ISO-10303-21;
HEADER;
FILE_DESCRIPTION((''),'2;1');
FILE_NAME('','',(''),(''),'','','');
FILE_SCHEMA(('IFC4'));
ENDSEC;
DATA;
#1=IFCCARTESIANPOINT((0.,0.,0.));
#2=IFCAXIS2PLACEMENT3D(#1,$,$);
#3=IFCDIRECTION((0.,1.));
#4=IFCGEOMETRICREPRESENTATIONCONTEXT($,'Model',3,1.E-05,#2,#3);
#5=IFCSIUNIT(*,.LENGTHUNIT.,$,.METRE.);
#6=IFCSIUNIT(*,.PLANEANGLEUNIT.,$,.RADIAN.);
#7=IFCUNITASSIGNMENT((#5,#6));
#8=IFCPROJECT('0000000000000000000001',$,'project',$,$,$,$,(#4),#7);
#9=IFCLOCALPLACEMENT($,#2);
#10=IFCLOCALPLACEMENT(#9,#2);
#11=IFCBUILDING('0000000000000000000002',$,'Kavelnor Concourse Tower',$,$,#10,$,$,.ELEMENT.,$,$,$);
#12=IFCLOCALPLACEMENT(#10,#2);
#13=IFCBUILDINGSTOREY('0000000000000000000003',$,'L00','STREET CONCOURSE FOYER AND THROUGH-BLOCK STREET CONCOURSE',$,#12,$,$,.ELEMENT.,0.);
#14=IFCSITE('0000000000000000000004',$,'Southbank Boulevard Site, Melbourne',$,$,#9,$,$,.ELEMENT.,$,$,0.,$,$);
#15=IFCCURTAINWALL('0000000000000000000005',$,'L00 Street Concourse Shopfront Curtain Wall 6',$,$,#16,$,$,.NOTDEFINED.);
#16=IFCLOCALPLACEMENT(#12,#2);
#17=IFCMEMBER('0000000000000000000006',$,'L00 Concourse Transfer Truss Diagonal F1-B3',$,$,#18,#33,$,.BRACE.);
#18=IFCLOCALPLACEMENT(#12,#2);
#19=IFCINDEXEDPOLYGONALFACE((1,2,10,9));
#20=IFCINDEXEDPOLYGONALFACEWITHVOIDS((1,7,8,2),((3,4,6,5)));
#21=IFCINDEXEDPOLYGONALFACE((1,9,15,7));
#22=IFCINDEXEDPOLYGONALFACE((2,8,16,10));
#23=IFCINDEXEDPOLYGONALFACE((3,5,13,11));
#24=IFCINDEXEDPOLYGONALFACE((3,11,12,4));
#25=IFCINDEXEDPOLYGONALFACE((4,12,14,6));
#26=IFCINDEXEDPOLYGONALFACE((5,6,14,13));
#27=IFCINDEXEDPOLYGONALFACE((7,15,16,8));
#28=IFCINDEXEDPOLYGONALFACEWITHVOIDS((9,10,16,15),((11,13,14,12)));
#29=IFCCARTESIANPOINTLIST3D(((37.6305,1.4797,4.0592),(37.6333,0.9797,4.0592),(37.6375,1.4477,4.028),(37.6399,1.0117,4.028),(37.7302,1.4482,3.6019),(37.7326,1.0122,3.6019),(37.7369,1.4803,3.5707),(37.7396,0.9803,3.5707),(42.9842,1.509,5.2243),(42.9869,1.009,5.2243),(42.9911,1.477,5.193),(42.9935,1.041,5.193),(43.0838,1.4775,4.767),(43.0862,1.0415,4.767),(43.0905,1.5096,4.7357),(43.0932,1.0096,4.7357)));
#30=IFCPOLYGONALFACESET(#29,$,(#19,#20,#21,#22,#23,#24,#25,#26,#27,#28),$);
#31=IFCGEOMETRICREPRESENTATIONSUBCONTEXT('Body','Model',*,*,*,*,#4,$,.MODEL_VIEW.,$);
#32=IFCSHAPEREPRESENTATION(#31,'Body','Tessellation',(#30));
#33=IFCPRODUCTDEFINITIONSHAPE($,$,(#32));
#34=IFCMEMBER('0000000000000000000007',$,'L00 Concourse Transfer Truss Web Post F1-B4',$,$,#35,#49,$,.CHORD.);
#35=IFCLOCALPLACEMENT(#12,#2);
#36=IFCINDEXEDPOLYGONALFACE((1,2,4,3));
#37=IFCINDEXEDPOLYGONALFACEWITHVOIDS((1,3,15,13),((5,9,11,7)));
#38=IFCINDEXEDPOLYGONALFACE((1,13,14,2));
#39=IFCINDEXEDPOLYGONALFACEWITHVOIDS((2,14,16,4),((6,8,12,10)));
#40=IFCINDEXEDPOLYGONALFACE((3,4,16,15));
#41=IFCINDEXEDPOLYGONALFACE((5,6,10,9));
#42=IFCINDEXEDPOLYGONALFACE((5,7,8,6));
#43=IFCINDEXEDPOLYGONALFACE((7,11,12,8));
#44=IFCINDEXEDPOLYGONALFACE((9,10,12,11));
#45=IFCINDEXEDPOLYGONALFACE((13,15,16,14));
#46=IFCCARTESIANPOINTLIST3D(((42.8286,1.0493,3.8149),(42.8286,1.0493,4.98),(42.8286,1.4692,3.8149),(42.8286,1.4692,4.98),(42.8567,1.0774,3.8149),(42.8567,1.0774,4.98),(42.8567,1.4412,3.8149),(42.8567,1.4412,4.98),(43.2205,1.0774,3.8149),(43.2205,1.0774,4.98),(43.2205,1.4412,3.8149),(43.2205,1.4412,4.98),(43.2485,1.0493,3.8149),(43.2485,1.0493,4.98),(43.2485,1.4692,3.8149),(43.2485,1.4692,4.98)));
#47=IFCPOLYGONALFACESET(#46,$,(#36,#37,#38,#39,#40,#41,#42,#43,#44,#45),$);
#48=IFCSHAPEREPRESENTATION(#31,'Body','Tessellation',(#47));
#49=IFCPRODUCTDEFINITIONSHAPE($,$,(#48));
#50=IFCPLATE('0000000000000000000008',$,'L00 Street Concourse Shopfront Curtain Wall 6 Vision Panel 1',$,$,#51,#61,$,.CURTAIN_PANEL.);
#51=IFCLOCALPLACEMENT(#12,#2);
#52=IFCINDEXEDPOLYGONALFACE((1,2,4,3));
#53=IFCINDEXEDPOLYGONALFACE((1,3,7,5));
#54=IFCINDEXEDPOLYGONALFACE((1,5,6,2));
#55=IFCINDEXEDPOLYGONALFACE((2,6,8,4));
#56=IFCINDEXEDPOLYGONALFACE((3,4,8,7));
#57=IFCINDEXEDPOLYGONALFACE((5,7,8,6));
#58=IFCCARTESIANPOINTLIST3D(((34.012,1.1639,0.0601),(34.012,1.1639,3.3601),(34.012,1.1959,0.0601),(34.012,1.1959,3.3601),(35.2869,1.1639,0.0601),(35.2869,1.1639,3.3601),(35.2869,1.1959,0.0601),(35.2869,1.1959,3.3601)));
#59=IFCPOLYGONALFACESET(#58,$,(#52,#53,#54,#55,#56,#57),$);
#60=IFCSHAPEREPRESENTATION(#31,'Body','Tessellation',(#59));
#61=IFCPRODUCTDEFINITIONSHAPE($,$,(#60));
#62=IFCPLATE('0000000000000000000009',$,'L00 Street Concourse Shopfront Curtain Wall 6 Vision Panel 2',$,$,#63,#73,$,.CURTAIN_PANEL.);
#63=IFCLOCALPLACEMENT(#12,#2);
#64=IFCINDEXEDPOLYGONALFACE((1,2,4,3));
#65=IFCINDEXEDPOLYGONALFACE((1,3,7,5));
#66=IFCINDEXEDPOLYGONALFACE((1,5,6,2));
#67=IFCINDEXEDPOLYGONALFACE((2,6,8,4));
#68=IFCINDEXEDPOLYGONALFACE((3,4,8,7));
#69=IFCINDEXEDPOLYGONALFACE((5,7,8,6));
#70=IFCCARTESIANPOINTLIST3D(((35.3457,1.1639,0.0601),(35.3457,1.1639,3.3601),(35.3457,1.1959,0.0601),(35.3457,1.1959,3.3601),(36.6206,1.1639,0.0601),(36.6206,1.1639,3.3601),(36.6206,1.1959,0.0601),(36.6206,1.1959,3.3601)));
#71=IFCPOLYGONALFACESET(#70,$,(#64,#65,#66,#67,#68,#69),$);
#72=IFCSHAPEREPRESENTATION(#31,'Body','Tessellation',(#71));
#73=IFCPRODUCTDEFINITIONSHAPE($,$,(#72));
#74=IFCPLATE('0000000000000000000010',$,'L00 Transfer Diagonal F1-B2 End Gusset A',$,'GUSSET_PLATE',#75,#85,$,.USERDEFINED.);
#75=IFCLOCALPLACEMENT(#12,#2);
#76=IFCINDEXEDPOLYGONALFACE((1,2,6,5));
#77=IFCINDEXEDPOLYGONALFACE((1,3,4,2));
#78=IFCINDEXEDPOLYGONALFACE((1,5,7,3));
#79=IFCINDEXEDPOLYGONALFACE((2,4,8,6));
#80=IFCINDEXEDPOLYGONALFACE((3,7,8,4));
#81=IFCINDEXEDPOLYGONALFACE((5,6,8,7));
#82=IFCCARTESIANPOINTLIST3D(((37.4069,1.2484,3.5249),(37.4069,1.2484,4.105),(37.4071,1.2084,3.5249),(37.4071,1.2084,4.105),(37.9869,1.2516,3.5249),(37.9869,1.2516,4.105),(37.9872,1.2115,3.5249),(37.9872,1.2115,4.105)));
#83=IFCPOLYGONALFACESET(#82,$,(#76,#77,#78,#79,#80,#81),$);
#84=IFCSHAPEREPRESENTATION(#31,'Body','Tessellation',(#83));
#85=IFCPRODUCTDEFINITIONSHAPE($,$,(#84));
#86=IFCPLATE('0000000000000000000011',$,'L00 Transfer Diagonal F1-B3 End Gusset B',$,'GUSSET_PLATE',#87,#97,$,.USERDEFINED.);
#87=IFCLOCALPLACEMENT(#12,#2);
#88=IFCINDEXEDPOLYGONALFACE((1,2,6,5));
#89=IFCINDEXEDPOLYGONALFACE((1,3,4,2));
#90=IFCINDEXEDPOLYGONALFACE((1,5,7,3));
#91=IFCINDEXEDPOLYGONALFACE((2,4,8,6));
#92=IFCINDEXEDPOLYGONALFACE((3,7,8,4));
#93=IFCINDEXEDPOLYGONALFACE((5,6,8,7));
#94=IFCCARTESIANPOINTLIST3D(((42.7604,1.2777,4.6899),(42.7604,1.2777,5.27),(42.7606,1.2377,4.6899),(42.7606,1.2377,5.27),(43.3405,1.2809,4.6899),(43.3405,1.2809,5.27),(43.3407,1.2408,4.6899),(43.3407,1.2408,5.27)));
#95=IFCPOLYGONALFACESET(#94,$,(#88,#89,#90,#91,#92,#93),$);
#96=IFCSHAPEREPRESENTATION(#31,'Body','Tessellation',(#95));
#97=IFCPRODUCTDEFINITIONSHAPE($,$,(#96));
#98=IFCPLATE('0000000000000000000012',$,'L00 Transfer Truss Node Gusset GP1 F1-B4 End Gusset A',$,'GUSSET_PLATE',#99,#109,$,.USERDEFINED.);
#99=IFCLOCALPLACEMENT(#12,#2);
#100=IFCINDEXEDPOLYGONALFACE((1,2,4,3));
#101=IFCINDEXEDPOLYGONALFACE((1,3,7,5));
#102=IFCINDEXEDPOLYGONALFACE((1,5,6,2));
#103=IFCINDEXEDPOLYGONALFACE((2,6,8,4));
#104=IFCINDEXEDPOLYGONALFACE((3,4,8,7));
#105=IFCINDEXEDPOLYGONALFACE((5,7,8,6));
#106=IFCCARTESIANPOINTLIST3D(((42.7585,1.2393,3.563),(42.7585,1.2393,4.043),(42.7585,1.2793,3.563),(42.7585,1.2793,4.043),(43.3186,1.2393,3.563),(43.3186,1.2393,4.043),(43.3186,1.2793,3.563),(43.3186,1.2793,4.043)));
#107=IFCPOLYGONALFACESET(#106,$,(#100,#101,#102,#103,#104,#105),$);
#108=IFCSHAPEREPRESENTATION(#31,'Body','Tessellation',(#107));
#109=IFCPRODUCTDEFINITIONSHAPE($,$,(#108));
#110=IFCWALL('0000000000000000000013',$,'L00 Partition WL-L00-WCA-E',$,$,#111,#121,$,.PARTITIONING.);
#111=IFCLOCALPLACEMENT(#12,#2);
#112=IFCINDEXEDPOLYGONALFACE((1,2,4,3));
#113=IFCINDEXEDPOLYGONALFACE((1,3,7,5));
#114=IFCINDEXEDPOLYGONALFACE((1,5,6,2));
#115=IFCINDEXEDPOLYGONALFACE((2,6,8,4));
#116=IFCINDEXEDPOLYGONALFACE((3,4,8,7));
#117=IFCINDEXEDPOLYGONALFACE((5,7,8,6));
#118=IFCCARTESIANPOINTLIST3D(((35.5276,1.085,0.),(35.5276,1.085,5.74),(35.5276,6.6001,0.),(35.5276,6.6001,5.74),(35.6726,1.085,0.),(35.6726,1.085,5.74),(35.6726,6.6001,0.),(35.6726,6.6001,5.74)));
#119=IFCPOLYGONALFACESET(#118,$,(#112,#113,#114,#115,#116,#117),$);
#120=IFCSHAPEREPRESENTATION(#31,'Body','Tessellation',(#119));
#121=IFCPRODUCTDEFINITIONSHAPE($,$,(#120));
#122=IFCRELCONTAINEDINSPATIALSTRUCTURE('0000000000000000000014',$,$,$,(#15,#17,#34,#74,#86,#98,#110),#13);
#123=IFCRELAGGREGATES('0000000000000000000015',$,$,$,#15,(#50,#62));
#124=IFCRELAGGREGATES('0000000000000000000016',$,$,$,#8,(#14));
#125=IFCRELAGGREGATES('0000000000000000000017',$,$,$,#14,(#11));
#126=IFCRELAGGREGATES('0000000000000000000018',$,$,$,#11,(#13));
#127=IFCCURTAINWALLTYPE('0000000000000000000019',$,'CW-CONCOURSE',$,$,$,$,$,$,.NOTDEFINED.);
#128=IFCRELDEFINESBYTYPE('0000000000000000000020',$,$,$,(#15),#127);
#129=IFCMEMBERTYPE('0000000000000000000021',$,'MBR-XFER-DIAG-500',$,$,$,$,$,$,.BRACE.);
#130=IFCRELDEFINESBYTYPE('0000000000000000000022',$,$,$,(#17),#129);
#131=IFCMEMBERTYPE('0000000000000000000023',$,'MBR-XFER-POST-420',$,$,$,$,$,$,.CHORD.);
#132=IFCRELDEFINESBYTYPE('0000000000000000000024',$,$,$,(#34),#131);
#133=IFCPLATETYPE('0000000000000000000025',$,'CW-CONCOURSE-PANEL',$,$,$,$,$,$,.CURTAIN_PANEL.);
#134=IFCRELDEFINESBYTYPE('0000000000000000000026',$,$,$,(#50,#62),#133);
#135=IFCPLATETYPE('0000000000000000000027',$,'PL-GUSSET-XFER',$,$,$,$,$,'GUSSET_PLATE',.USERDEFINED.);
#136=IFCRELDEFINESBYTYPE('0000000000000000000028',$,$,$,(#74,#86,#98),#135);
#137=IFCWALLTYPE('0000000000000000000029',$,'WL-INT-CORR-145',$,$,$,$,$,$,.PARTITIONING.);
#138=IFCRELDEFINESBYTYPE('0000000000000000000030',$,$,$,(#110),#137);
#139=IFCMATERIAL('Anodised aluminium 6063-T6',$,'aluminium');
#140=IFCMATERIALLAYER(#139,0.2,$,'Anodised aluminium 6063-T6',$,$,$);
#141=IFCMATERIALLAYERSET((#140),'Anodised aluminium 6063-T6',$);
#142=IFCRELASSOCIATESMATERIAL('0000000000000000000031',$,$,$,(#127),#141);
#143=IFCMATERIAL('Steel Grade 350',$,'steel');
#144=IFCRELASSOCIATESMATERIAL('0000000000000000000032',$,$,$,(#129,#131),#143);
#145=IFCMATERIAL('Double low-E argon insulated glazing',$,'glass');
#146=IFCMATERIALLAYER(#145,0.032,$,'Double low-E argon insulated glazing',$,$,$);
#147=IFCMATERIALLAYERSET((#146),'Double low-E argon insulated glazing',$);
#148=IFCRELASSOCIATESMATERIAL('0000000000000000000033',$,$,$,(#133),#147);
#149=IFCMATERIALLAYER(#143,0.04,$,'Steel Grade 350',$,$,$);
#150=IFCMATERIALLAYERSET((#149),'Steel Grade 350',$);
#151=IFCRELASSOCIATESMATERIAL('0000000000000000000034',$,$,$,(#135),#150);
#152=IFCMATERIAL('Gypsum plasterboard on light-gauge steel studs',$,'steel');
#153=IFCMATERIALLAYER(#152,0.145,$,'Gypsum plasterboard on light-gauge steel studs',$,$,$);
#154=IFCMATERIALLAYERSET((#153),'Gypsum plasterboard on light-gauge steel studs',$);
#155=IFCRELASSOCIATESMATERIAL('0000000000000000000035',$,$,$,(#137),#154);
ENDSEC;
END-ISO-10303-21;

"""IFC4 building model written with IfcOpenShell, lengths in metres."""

from ifc_helpers import new_model, si_unit, direction, frame, frame_2d, origin, origin_2d, place, context, subcontext, project, spatial, rectangle, hollow_rectangle, extrude, material, layer, layer_set, material_profile, profile_set, type_object, element, aggregate, save


model = new_model("IFC4")

# Units and contexts
model_context = context("Model", 3, precision=1e-05, world=origin(), true_north=direction((0.0, 1.0)))
body_context = subcontext(model_context, "Body", "Model", "MODEL_VIEW")
ifc_project = project(units=[si_unit("LENGTHUNIT", "METRE"), si_unit("PLANEANGLEUNIT", "RADIAN")], contexts=[model_context])

# Site, building, storey
site_placement = place(None, origin())
site = spatial("IfcSite", under=ifc_project, at=site_placement, Name="Southbank Boulevard Site, Melbourne", CompositionType="ELEMENT", RefElevation=0.0)
building_placement = place(site_placement, origin())
building = spatial("IfcBuilding", under=site, at=building_placement, Name="Kavelnor Concourse Tower", CompositionType="ELEMENT")
storey_placement = place(building_placement, origin())
storey = spatial("IfcBuildingStorey", under=building, at=storey_placement, Name="L00", Description="STREET CONCOURSE FOYER AND THROUGH-BLOCK STREET CONCOURSE", CompositionType="ELEMENT", Elevation=0.0)

# Shared definitions
ifc_material_1 = material(Name="Steel Grade 350", Category="steel")

# Curtain wall
ifc_material_2 = material(Name="Anodised aluminium 6063-T6", Category="aluminium")
ifc_layer_1 = layer(ifc_material_2, 0.2, Name="Anodised aluminium 6063-T6")
ifc_layer_set_1 = layer_set([ifc_layer_1], Name="Anodised aluminium 6063-T6")
curtain_wall_type = type_object("IfcCurtainWallType", Name="CW-CONCOURSE", PredefinedType="NOTDEFINED", material=ifc_layer_set_1)
curtain_wall_placement = place(storey_placement, origin())
curtain_wall = element("IfcCurtainWall", 1, at=curtain_wall_placement, inside=storey, type_object=curtain_wall_type, Name="L00 Street Concourse Shopfront Curtain Wall 6", PredefinedType="NOTDEFINED")

# Members
ifc_material_profile_1 = material_profile(ifc_material_1, hollow_rectangle(XDim=0.5, YDim=0.5, WallThickness=0.032, at=origin_2d()), Name="SHS 500x500x32")
ifc_profile_set_1 = profile_set([ifc_material_profile_1], Name="Steel Grade 350")
member_type_1 = type_object("IfcMemberType", Name="MBR-XFER-DIAG-500", PredefinedType="BRACE", material=ifc_profile_set_1)
for number, where, z_axis, x_axis, name in (
    (2, (37.6851, 1.23, 3.8149), (0.977116, 0.005347, 0.212641), (-0.005472, 0.999985, 0.0), "L00 Concourse Transfer Truss Diagonal F1-B3"),
):
    element("IfcMember", number, at=place(storey_placement, frame(where, z_axis=z_axis, x_axis=x_axis)), inside=storey, type_object=member_type_1, Name=name, PredefinedType="BRACE", context=body_context, shape_type="SweptSolid", body=[
        extrude(hollow_rectangle(XDim=0.5, YDim=0.5, WallThickness=0.032, at=origin_2d()), origin(), (0.0, 0.0, 1.0), 5.479),
    ])
ifc_material_profile_2 = material_profile(ifc_material_1, hollow_rectangle(XDim=0.4199, YDim=0.4199, WallThickness=0.0281, at=origin_2d()), Name="SHS 420x420x28")
ifc_profile_set_2 = profile_set([ifc_material_profile_2], Name="Steel Grade 350")
member_type_2 = type_object("IfcMemberType", Name="MBR-XFER-POST-420", PredefinedType="CHORD", material=ifc_profile_set_2)
member_1_placement = place(storey_placement, frame((43.0386, 1.2593, 3.8149), z_axis=(0.0, 0.0, 1.0), x_axis=(1.0, 0.0, 0.0)))
element("IfcMember", 3, at=member_1_placement, inside=storey, type_object=member_type_2, Name="L00 Concourse Transfer Truss Web Post F1-B4", PredefinedType="CHORD", context=body_context, shape_type="SweptSolid", body=[
    extrude(hollow_rectangle(XDim=0.4199, YDim=0.4199, WallThickness=0.0281, at=origin_2d()), origin(), (0.0, 0.0, 1.0), 1.165),
])

# Plates
ifc_material_3 = material(Name="Double low-E argon insulated glazing", Category="glass")
ifc_layer_2 = layer(ifc_material_3, 0.032, Name="Double low-E argon insulated glazing")
ifc_layer_set_2 = layer_set([ifc_layer_2], Name="Double low-E argon insulated glazing")
plate_type_1 = type_object("IfcPlateType", Name="CW-CONCOURSE-PANEL", PredefinedType="CURTAIN_PANEL", material=ifc_layer_set_2)
plate_1_placement = place(storey_placement, frame((34.6494, 1.1799, 0.0601), z_axis=(0.0, 0.0, 1.0), x_axis=(1.0, 0.0, 0.0)))
plate_1 = element("IfcPlate", 4, at=plate_1_placement, type_object=plate_type_1, Name="L00 Street Concourse Shopfront Curtain Wall 6 Vision Panel 1", PredefinedType="CURTAIN_PANEL", context=body_context, shape_type="SweptSolid", body=[
    extrude(rectangle(XDim=1.2749, YDim=0.032, at=origin_2d()), origin(), (0.0, 0.0, 1.0), 3.3),
])
plate_2_placement = place(storey_placement, frame((35.9832, 1.1799, 0.0601), z_axis=(0.0, 0.0, 1.0), x_axis=(1.0, 0.0, 0.0)))
plate_2 = element("IfcPlate", 5, at=plate_2_placement, type_object=plate_type_1, Name="L00 Street Concourse Shopfront Curtain Wall 6 Vision Panel 2", PredefinedType="CURTAIN_PANEL", context=body_context, shape_type="SweptSolid", body=[
    extrude(rectangle(XDim=1.2749, YDim=0.032, at=origin_2d()), origin(), (0.0, 0.0, 1.0), 3.3),
])
aggregate(curtain_wall, [plate_1, plate_2])

# Plates
ifc_layer_3 = layer(ifc_material_1, 0.04, Name="Steel Grade 350")
ifc_layer_set_3 = layer_set([ifc_layer_3], Name="Steel Grade 350")
plate_type_2 = type_object("IfcPlateType", Name="PL-GUSSET-XFER", ElementType="GUSSET_PLATE", PredefinedType="USERDEFINED", material=ifc_layer_set_3)
for number, where, z_axis, x_axis, name in (
    (6, (37.697, 1.23, 3.5249), (0.0, 0.0, 1.0), (-0.999985, -0.00541, 0.0), "L00 Transfer Diagonal F1-B2 End Gusset A"),
    (7, (43.0505, 1.2593, 4.6899), (0.0, 0.0, 1.0), (0.999985, 0.00541, 0.0), "L00 Transfer Diagonal F1-B3 End Gusset B"),
):
    element("IfcPlate", number, at=place(storey_placement, frame(where, z_axis=z_axis, x_axis=x_axis)), inside=storey, type_object=plate_type_2, Name=name, ObjectType="GUSSET_PLATE", PredefinedType="USERDEFINED", context=body_context, shape_type="SweptSolid", body=[
        extrude(rectangle(XDim=0.5801, YDim=0.04, at=origin_2d()), origin(), (0.0, 0.0, 1.0), 0.5801),
    ])
plate_3_placement = place(storey_placement, frame((43.0386, 1.2593, 3.563), z_axis=(0.0, 0.0, 1.0), x_axis=(1.0, 0.0, 0.0)))
element("IfcPlate", 8, at=plate_3_placement, inside=storey, type_object=plate_type_2, Name="L00 Transfer Truss Node Gusset GP1 F1-B4 End Gusset A", ObjectType="GUSSET_PLATE", PredefinedType="USERDEFINED", context=body_context, shape_type="SweptSolid", body=[
    extrude(rectangle(XDim=0.5601, YDim=0.04, at=origin_2d()), origin(), (0.0, 0.0, 1.0), 0.48),
])

# Wall
ifc_material_4 = material(Name="Gypsum plasterboard on light-gauge steel studs", Category="steel")
ifc_layer_4 = layer(ifc_material_4, 0.145, Name="Gypsum plasterboard on light-gauge steel studs")
ifc_layer_set_4 = layer_set([ifc_layer_4], Name="Gypsum plasterboard on light-gauge steel studs")
wall_type = type_object("IfcWallType", Name="WL-INT-CORR-145", PredefinedType="PARTITIONING", material=ifc_layer_set_4)
wall_placement = place(storey_placement, frame((35.6001, 1.085, 0.0), z_axis=(0.0, 0.0, 1.0), x_axis=(0.0, 1.0, 0.0)))
element("IfcWall", 9, at=wall_placement, inside=storey, type_object=wall_type, Name="L00 Partition WL-L00-WCA-E", PredefinedType="PARTITIONING", context=body_context, shape_type="SweptSolid", body=[
    extrude(rectangle(XDim=5.5151, YDim=0.145, at=frame_2d((2.7576, 0.0))), origin(), (0.0, 0.0, 1.0), 5.74),
])

save(model, "model.ifc")
